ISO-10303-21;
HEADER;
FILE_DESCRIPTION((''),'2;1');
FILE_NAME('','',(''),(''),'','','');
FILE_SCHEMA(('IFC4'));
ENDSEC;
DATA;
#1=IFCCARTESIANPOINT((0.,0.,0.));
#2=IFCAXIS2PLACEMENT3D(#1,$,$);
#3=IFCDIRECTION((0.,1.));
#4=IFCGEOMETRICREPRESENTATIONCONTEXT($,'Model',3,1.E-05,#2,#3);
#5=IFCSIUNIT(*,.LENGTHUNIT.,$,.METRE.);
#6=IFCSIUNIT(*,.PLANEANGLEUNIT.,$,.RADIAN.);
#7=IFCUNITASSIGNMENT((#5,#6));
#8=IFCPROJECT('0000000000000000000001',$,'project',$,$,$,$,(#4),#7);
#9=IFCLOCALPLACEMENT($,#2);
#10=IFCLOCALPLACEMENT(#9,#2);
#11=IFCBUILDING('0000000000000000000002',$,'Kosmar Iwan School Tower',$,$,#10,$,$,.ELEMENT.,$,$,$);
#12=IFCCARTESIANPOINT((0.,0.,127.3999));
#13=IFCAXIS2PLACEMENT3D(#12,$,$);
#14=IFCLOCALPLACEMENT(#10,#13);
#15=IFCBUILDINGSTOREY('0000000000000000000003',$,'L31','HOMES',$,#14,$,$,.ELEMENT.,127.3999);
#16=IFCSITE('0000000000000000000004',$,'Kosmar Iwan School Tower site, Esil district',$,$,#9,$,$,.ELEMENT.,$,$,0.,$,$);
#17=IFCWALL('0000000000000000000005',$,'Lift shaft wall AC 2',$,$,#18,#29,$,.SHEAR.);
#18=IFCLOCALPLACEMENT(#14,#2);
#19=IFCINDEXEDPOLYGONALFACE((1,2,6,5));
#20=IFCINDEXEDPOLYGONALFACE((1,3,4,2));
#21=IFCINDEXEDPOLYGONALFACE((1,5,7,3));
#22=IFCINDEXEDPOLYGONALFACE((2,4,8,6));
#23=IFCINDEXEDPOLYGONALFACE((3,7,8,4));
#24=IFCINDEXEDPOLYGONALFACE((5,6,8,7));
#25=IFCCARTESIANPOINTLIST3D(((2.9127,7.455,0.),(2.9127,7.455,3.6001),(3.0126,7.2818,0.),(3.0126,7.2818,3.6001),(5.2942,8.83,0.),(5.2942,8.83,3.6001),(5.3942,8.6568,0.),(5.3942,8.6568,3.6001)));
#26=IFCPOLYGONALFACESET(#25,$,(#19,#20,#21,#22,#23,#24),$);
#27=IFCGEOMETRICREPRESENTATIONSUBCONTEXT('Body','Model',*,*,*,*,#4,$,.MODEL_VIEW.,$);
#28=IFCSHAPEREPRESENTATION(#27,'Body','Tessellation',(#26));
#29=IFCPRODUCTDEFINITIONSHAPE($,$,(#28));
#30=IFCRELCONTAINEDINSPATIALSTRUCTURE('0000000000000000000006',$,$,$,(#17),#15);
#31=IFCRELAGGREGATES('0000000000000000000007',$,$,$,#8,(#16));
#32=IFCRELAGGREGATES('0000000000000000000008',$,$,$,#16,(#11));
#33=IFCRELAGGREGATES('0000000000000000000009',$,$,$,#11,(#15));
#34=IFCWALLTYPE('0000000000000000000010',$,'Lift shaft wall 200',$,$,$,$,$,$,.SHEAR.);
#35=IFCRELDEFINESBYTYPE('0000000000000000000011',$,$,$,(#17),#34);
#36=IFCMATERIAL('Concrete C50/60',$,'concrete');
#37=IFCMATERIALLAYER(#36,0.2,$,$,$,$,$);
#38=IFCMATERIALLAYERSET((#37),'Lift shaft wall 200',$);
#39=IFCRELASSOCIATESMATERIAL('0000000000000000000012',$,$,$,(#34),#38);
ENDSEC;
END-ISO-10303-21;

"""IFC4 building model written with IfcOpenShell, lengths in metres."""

from ifc_helpers import new_model, si_unit, direction, frame, frame_2d, origin, place, context, subcontext, project, spatial, rectangle, extrude, material, layer, layer_set, type_object, element, save


model = new_model("IFC4")

# Units and contexts
model_context = context("Model", 3, precision=1e-05, world=origin(), true_north=direction((0.0, 1.0)))
body_context = subcontext(model_context, "Body", "Model", "MODEL_VIEW")
ifc_project = project(units=[si_unit("LENGTHUNIT", "METRE"), si_unit("PLANEANGLEUNIT", "RADIAN")], contexts=[model_context])

# Site, building, storey
site_placement = place(None, origin())
site = spatial("IfcSite", under=ifc_project, at=site_placement, Name="Kosmar Iwan School Tower site, Esil district", CompositionType="ELEMENT", RefElevation=0.0)
building_placement = place(site_placement, origin())
building = spatial("IfcBuilding", under=site, at=building_placement, Name="Kosmar Iwan School Tower", CompositionType="ELEMENT")
storey_placement = place(building_placement, frame((0.0, 0.0, 127.3999)))
storey = spatial("IfcBuildingStorey", under=building, at=storey_placement, Name="L31", Description="HOMES", CompositionType="ELEMENT", Elevation=127.3999)

# Wall
ifc_material_1 = material(Name="Concrete C50/60", Category="concrete")
ifc_layer_1 = layer(ifc_material_1, 0.2)
ifc_layer_set_1 = layer_set([ifc_layer_1], Name="Lift shaft wall 200")
wall_type_1 = type_object("IfcWallType", Name="Lift shaft wall 200", PredefinedType="SHEAR", material=ifc_layer_set_1)
wall_1_placement = place(storey_placement, frame((2.9626, 7.3684, 0.0), z_axis=(0.0, 0.0, 1.0), x_axis=(0.866027, 0.499997, 0.0)))
element("IfcWall", 1, at=wall_1_placement, inside=storey, type_object=wall_type_1, Name="Lift shaft wall AC 2", PredefinedType="SHEAR", context=body_context, shape_type="SweptSolid", body=[
    extrude(rectangle(XDim=2.75, YDim=0.2, at=frame_2d((1.375, 0.0))), origin(), (0.0, 0.0, 1.0), 3.6001),
])

save(model, "model.ifc")
